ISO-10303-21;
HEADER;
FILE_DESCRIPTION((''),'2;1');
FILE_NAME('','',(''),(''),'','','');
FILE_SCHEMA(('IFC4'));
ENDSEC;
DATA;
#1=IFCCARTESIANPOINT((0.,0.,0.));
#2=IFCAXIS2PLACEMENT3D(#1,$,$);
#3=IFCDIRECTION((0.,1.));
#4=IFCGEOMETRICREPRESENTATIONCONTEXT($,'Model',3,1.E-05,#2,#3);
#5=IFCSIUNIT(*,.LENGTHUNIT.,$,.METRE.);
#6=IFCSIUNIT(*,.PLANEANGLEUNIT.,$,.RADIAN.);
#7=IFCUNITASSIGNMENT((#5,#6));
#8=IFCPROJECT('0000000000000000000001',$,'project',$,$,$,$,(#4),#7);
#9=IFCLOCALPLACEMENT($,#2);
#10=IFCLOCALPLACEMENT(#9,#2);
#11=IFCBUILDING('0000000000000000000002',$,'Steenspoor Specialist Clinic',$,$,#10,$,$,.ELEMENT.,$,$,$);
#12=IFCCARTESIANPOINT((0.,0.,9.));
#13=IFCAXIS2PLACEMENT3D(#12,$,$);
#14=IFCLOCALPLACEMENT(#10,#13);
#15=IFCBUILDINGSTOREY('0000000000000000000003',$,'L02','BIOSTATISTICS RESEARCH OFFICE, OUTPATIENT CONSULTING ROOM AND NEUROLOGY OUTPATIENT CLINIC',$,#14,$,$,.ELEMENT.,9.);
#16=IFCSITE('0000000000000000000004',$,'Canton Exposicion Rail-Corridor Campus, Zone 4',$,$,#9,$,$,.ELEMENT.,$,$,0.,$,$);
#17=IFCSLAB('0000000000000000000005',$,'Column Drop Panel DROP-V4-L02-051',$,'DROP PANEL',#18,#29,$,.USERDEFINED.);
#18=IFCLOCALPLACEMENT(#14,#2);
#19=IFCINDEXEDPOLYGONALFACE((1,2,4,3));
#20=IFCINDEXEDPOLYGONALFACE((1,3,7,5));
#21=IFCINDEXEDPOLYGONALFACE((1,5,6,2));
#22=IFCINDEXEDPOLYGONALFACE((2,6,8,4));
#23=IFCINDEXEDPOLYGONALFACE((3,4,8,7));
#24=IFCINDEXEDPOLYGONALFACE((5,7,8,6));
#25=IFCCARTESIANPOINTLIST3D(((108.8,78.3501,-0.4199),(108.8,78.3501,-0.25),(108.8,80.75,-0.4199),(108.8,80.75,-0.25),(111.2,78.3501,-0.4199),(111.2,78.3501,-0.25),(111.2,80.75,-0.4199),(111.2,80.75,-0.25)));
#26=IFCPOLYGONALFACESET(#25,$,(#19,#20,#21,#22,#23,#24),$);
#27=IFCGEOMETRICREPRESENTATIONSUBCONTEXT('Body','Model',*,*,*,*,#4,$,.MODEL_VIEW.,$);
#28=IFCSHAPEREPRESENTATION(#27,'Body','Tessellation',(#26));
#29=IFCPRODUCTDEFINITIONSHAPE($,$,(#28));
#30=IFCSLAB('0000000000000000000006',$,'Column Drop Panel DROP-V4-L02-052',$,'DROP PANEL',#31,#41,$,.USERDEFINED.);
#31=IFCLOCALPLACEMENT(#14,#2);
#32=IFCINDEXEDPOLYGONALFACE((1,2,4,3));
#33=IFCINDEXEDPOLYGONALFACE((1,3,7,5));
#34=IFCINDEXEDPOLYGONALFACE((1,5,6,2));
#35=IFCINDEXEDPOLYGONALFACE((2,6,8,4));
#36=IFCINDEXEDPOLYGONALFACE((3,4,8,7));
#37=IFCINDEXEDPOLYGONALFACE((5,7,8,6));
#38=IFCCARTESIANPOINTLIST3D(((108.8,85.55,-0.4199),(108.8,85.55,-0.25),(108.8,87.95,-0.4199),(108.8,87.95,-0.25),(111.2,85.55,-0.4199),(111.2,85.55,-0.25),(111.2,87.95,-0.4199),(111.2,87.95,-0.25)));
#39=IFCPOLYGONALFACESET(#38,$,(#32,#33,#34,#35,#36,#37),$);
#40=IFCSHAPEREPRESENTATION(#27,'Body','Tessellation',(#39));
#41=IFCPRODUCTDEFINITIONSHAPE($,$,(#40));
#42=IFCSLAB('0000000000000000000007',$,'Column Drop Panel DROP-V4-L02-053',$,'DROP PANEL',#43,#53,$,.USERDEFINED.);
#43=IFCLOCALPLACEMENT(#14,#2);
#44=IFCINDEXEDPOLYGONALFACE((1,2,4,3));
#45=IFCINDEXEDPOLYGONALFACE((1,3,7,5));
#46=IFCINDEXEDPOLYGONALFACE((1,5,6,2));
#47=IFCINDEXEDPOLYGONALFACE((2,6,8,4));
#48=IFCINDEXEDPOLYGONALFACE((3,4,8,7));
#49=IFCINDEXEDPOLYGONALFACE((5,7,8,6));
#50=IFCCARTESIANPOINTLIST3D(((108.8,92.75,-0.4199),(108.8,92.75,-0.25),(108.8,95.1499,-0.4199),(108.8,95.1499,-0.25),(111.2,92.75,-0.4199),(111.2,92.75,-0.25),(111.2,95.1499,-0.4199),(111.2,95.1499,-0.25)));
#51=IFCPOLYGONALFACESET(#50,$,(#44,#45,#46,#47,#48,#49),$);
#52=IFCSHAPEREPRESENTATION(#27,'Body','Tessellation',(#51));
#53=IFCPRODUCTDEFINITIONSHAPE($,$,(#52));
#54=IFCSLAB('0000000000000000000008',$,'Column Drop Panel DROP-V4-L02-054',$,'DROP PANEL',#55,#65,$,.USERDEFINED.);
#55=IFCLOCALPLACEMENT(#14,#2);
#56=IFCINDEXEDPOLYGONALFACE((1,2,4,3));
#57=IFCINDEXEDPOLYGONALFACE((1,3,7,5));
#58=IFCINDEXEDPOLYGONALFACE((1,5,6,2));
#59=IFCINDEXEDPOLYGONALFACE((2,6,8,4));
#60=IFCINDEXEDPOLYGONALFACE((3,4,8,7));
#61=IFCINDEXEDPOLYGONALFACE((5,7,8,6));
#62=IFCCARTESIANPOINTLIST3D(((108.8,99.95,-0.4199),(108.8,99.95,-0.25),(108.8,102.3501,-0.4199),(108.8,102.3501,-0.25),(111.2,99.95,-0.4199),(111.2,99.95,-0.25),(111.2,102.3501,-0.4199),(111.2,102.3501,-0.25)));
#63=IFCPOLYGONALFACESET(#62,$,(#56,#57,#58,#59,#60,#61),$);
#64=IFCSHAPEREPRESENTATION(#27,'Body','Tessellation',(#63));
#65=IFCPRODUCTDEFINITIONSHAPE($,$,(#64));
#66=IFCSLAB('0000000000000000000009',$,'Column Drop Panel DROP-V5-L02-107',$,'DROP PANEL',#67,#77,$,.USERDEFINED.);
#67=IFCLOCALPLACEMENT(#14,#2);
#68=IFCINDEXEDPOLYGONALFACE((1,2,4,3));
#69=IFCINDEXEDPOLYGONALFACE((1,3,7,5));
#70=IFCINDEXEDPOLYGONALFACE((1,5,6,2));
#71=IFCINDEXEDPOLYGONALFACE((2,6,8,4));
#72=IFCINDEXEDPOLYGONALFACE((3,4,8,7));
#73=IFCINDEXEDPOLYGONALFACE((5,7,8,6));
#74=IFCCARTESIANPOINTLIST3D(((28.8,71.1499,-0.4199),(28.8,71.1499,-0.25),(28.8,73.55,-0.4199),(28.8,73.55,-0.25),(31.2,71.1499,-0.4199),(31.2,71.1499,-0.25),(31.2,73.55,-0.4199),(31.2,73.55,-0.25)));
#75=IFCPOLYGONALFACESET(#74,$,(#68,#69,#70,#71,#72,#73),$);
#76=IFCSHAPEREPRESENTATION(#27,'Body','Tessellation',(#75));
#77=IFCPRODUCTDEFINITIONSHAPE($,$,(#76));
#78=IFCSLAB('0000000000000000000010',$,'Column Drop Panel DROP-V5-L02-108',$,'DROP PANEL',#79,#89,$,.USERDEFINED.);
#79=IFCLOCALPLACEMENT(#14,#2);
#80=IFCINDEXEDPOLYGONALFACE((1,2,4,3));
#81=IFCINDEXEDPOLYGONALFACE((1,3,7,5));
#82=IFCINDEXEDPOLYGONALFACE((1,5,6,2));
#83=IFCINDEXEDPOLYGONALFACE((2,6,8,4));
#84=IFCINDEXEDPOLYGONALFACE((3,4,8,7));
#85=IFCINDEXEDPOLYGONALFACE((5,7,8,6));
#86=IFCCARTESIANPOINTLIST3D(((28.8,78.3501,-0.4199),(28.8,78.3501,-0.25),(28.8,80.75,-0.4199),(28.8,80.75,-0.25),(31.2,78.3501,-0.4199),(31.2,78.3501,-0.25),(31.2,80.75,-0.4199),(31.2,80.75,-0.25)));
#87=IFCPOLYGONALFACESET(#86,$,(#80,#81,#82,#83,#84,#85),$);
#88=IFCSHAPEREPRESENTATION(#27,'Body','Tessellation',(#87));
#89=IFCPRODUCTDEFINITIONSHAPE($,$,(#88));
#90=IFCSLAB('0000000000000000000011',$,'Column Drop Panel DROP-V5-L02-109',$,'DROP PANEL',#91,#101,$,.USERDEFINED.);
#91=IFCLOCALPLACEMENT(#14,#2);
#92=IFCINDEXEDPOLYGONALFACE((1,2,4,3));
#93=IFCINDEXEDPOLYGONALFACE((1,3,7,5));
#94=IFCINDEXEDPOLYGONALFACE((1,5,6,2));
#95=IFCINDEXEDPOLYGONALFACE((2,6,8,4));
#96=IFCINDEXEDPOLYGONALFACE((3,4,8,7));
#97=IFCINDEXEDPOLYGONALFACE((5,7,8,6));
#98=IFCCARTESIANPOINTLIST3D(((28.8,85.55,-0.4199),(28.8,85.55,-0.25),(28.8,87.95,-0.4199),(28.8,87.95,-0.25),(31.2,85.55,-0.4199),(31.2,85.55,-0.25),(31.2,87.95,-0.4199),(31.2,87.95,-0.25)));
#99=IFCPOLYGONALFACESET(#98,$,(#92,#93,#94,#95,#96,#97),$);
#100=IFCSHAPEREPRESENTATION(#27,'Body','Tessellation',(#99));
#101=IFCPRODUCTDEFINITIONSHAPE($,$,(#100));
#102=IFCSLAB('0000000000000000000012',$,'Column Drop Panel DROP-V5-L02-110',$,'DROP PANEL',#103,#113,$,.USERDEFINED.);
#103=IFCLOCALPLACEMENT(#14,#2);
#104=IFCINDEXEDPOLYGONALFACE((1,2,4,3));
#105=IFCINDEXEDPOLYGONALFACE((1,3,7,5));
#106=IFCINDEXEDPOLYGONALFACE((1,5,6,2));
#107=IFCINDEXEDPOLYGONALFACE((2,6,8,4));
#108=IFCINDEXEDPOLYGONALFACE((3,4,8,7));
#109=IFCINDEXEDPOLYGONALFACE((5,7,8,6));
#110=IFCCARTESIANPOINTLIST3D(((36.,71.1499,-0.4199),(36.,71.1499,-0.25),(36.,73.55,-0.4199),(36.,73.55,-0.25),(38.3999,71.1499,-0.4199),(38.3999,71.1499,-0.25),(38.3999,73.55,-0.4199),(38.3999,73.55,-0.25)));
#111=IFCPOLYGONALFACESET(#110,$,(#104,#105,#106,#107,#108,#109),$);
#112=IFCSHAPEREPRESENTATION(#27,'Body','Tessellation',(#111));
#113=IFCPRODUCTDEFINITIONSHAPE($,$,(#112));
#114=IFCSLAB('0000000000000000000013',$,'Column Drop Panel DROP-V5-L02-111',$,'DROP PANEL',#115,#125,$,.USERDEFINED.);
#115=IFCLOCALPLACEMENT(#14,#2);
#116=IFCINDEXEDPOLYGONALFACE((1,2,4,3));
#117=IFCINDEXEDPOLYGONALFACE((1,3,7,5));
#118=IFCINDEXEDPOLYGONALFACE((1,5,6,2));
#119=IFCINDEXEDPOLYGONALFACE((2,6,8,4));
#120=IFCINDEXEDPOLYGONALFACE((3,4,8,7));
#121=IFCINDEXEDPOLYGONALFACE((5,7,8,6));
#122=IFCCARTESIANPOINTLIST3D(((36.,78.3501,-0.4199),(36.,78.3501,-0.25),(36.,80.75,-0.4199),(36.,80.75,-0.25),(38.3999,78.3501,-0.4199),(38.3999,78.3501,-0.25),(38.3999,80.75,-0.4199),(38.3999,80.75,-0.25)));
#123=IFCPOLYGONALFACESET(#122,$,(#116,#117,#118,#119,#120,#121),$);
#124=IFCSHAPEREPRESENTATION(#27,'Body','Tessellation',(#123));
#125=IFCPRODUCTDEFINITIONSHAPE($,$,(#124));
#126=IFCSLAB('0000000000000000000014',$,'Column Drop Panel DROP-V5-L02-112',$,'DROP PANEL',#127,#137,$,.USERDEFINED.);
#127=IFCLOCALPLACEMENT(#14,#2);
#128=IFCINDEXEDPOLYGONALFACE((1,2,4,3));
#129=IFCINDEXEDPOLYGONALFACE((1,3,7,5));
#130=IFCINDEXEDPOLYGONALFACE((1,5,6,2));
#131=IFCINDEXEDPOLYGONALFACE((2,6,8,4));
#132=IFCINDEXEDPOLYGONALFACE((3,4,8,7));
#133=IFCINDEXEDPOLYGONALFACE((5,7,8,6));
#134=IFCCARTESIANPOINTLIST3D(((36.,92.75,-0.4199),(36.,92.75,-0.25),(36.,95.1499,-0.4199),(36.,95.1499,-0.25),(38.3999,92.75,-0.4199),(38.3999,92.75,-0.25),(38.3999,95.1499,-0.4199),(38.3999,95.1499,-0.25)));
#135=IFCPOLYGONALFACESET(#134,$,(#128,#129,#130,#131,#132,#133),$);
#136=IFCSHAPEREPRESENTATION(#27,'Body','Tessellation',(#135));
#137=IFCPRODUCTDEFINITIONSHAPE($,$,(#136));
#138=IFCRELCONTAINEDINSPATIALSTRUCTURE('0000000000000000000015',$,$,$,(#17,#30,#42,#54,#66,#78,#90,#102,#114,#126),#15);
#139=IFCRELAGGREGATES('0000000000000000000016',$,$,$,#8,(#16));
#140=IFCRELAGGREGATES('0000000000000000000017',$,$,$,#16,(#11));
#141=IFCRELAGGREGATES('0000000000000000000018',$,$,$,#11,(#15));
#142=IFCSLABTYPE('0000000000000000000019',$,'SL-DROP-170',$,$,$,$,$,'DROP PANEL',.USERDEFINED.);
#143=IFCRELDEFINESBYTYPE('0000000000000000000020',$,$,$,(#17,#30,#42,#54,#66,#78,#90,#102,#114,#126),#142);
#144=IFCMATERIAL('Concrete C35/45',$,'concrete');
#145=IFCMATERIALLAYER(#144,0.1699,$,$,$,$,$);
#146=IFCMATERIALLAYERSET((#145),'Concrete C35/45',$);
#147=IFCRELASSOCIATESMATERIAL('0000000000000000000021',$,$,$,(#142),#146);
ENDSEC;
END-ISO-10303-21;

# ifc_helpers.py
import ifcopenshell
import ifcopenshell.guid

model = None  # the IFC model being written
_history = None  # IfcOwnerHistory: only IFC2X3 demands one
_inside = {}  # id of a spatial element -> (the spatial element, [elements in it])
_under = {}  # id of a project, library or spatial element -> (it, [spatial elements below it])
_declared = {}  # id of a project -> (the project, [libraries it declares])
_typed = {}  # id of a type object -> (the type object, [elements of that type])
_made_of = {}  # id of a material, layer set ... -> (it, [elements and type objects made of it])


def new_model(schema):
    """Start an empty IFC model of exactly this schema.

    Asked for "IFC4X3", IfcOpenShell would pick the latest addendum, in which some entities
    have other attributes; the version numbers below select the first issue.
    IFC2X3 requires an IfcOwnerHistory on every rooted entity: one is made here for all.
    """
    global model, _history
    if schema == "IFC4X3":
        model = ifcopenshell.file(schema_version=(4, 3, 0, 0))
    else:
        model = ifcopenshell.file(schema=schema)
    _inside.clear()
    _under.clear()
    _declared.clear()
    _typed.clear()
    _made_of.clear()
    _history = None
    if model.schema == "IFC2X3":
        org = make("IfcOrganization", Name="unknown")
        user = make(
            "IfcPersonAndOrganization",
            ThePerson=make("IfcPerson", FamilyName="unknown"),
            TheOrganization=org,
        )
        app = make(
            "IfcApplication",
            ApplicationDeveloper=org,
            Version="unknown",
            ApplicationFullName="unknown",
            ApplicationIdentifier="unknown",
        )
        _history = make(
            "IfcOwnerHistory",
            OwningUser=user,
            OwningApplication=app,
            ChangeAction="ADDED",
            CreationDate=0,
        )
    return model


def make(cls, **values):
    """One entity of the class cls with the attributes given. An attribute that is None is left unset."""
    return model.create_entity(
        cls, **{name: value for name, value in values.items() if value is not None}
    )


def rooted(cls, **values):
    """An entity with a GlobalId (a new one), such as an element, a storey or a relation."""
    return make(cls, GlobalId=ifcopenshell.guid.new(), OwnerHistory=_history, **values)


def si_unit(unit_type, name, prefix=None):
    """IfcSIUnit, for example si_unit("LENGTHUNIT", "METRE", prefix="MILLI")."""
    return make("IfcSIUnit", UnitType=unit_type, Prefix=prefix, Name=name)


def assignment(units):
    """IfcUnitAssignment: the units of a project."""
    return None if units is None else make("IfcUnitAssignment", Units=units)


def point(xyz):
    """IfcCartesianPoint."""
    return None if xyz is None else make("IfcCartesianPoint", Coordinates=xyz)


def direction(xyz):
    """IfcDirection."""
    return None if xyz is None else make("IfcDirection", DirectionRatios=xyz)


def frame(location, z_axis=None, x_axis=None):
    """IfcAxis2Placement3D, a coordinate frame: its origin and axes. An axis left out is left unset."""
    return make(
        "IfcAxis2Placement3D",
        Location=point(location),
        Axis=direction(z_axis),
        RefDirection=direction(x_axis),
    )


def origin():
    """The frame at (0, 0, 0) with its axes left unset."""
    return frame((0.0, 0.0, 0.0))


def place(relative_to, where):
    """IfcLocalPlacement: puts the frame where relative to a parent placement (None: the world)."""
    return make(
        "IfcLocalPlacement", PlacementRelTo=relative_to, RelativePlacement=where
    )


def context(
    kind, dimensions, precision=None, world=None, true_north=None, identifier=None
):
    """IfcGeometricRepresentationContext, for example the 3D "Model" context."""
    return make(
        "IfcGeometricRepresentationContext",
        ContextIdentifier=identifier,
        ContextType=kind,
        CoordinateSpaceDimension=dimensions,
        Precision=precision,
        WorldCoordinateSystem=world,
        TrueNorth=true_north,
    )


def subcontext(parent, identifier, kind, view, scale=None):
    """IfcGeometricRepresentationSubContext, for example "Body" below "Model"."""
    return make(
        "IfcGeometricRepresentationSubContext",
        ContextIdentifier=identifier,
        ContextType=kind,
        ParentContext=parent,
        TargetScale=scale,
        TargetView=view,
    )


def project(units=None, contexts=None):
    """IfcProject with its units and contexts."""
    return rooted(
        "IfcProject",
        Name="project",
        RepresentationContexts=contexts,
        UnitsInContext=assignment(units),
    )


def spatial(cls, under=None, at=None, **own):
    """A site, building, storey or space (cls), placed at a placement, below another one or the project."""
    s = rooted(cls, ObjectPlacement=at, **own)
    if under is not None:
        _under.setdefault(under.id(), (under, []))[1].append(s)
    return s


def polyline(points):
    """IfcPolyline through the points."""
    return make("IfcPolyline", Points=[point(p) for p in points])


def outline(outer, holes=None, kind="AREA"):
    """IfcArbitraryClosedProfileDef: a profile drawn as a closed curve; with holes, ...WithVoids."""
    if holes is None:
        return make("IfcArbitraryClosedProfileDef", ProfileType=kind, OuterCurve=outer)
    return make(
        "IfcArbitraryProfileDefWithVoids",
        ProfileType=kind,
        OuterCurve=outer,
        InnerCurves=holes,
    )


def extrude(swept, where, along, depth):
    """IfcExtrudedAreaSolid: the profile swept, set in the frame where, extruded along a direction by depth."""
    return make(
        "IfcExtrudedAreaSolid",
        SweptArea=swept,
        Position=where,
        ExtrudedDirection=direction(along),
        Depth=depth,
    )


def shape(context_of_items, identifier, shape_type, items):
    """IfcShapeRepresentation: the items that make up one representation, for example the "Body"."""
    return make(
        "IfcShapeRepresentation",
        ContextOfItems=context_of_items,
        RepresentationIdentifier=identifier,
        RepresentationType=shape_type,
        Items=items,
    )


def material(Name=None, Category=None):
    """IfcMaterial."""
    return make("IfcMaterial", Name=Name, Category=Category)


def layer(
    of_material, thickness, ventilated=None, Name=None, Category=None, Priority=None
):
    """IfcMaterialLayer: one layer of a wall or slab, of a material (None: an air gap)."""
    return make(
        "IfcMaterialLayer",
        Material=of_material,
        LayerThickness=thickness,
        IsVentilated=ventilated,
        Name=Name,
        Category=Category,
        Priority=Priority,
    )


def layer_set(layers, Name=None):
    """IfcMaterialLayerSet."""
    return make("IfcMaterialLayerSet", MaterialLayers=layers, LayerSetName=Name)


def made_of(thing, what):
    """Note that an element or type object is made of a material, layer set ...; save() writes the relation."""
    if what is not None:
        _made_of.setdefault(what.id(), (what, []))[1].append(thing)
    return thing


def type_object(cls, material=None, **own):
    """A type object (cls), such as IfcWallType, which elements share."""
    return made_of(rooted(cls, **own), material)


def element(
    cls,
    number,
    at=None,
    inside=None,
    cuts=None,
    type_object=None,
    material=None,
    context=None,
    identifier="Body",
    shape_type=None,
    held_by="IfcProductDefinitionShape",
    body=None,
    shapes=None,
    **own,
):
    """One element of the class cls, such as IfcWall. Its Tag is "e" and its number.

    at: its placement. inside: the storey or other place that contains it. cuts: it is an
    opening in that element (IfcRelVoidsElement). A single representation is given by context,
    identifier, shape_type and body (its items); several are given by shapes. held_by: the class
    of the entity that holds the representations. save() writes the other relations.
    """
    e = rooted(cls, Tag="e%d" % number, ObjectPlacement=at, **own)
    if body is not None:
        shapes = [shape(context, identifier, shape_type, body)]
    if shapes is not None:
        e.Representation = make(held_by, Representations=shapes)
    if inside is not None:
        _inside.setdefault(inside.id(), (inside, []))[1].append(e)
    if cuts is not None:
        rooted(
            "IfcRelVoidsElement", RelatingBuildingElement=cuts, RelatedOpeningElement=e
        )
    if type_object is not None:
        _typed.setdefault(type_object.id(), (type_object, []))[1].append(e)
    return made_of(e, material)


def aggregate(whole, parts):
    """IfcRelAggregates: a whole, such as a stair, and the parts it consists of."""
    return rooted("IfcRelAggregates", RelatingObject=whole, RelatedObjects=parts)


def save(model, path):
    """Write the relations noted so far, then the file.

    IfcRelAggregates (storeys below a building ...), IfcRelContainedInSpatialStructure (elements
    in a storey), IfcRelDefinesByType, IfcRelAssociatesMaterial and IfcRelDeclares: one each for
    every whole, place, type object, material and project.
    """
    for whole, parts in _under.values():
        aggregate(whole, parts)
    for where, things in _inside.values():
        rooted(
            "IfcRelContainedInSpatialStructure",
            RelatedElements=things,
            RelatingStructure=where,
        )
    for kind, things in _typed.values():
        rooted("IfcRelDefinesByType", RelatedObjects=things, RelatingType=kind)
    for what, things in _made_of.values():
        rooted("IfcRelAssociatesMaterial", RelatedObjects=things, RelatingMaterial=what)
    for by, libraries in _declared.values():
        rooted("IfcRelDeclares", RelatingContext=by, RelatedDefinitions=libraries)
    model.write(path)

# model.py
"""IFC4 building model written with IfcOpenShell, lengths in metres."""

from ifc_helpers import new_model, si_unit, direction, frame, origin, place, context, subcontext, project, spatial, polyline, outline, extrude, material, layer, layer_set, type_object, element, save


model = new_model("IFC4")

# Units and contexts
model_context = context("Model", 3, precision=1e-05, world=origin(), true_north=direction((0.0, 1.0)))
body_context = subcontext(model_context, "Body", "Model", "MODEL_VIEW")
ifc_project = project(units=[si_unit("LENGTHUNIT", "METRE"), si_unit("PLANEANGLEUNIT", "RADIAN")], contexts=[model_context])

# Site, building, storey
site_placement = place(None, origin())
site = spatial("IfcSite", under=ifc_project, at=site_placement, Name="Canton Exposicion Rail-Corridor Campus, Zone 4", CompositionType="ELEMENT", RefElevation=0.0)
building_placement = place(site_placement, origin())
building = spatial("IfcBuilding", under=site, at=building_placement, Name="Steenspoor Specialist Clinic", CompositionType="ELEMENT")
storey_placement = place(building_placement, frame((0.0, 0.0, 9.0)))
storey = spatial("IfcBuildingStorey", under=building, at=storey_placement, Name="L02", Description="BIOSTATISTICS RESEARCH OFFICE, OUTPATIENT CONSULTING ROOM AND NEUROLOGY OUTPATIENT CLINIC", CompositionType="ELEMENT", Elevation=9.0)

# Slabs
ifc_material = material(Name="Concrete C35/45", Category="concrete")
ifc_layer = layer(ifc_material, 0.1699)
ifc_layer_set = layer_set([ifc_layer], Name="Concrete C35/45")
slab_type = type_object("IfcSlabType", Name="SL-DROP-170", ElementType="DROP PANEL", PredefinedType="USERDEFINED", material=ifc_layer_set)
slab_1_placement = place(storey_placement, frame((0.0, 0.0, -0.4199)))
element("IfcSlab", 1, at=slab_1_placement, inside=storey, type_object=slab_type, Name="Column Drop Panel DROP-V4-L02-051", ObjectType="DROP PANEL", PredefinedType="USERDEFINED", context=body_context, shape_type="SweptSolid", body=[
    extrude(outline(polyline([(111.2, 78.3501), (111.2, 80.75), (108.8, 80.75), (108.8, 78.3501), (111.2, 78.3501)])), origin(), (0.0, 0.0, 1.0), 0.1699),
])
slab_2_placement = place(storey_placement, frame((0.0, 0.0, -0.4199)))
element("IfcSlab", 2, at=slab_2_placement, inside=storey, type_object=slab_type, Name="Column Drop Panel DROP-V4-L02-052", ObjectType="DROP PANEL", PredefinedType="USERDEFINED", context=body_context, shape_type="SweptSolid", body=[
    extrude(outline(polyline([(111.2, 85.55), (111.2, 87.95), (108.8, 87.95), (108.8, 85.55), (111.2, 85.55)])), origin(), (0.0, 0.0, 1.0), 0.1699),
])
slab_3_placement = place(storey_placement, frame((0.0, 0.0, -0.4199)))
element("IfcSlab", 3, at=slab_3_placement, inside=storey, type_object=slab_type, Name="Column Drop Panel DROP-V4-L02-053", ObjectType="DROP PANEL", PredefinedType="USERDEFINED", context=body_context, shape_type="SweptSolid", body=[
    extrude(outline(polyline([(111.2, 92.75), (111.2, 95.1499), (108.8, 95.1499), (108.8, 92.75), (111.2, 92.75)])), origin(), (0.0, 0.0, 1.0), 0.1699),
])
slab_4_placement = place(storey_placement, frame((0.0, 0.0, -0.4199)))
element("IfcSlab", 4, at=slab_4_placement, inside=storey, type_object=slab_type, Name="Column Drop Panel DROP-V4-L02-054", ObjectType="DROP PANEL", PredefinedType="USERDEFINED", context=body_context, shape_type="SweptSolid", body=[
    extrude(outline(polyline([(111.2, 99.95), (111.2, 102.3501), (108.8, 102.3501), (108.8, 99.95), (111.2, 99.95)])), origin(), (0.0, 0.0, 1.0), 0.1699),
])
slab_5_placement = place(storey_placement, frame((0.0, 0.0, -0.4199)))
element("IfcSlab", 5, at=slab_5_placement, inside=storey, type_object=slab_type, Name="Column Drop Panel DROP-V5-L02-107", ObjectType="DROP PANEL", PredefinedType="USERDEFINED", context=body_context, shape_type="SweptSolid", body=[
    extrude(outline(polyline([(31.2, 71.1499), (31.2, 73.55), (28.8, 73.55), (28.8, 71.1499), (31.2, 71.1499)])), origin(), (0.0, 0.0, 1.0), 0.1699),
])
slab_6_placement = place(storey_placement, frame((0.0, 0.0, -0.4199)))
element("IfcSlab", 6, at=slab_6_placement, inside=storey, type_object=slab_type, Name="Column Drop Panel DROP-V5-L02-108", ObjectType="DROP PANEL", PredefinedType="USERDEFINED", context=body_context, shape_type="SweptSolid", body=[
    extrude(outline(polyline([(31.2, 78.3501), (31.2, 80.75), (28.8, 80.75), (28.8, 78.3501), (31.2, 78.3501)])), origin(), (0.0, 0.0, 1.0), 0.1699),
])
slab_7_placement = place(storey_placement, frame((0.0, 0.0, -0.4199)))
element("IfcSlab", 7, at=slab_7_placement, inside=storey, type_object=slab_type, Name="Column Drop Panel DROP-V5-L02-109", ObjectType="DROP PANEL", PredefinedType="USERDEFINED", context=body_context, shape_type="SweptSolid", body=[
    extrude(outline(polyline([(31.2, 85.55), (31.2, 87.95), (28.8, 87.95), (28.8, 85.55), (31.2, 85.55)])), origin(), (0.0, 0.0, 1.0), 0.1699),
])
slab_8_placement = place(storey_placement, frame((0.0, 0.0, -0.4199)))
element("IfcSlab", 8, at=slab_8_placement, inside=storey, type_object=slab_type, Name="Column Drop Panel DROP-V5-L02-110", ObjectType="DROP PANEL", PredefinedType="USERDEFINED", context=body_context, shape_type="SweptSolid", body=[
    extrude(outline(polyline([(38.3999, 71.1499), (38.3999, 73.55), (36.0, 73.55), (36.0, 71.1499), (38.3999, 71.1499)])), origin(), (0.0, 0.0, 1.0), 0.1699),
])
slab_9_placement = place(storey_placement, frame((0.0, 0.0, -0.4199)))
element("IfcSlab", 9, at=slab_9_placement, inside=storey, type_object=slab_type, Name="Column Drop Panel DROP-V5-L02-111", ObjectType="DROP PANEL", PredefinedType="USERDEFINED", context=body_context, shape_type="SweptSolid", body=[
    extrude(outline(polyline([(38.3999, 78.3501), (38.3999, 80.75), (36.0, 80.75), (36.0, 78.3501), (38.3999, 78.3501)])), origin(), (0.0, 0.0, 1.0), 0.1699),
])
slab_10_placement = place(storey_placement, frame((0.0, 0.0, -0.4199)))
element("IfcSlab", 10, at=slab_10_placement, inside=storey, type_object=slab_type, Name="Column Drop Panel DROP-V5-L02-112", ObjectType="DROP PANEL", PredefinedType="USERDEFINED", context=body_context, shape_type="SweptSolid", body=[
    extrude(outline(polyline([(38.3999, 92.75), (38.3999, 95.1499), (36.0, 95.1499), (36.0, 92.75), (38.3999, 92.75)])), origin(), (0.0, 0.0, 1.0), 0.1699),
])

save(model, "model.ifc")
